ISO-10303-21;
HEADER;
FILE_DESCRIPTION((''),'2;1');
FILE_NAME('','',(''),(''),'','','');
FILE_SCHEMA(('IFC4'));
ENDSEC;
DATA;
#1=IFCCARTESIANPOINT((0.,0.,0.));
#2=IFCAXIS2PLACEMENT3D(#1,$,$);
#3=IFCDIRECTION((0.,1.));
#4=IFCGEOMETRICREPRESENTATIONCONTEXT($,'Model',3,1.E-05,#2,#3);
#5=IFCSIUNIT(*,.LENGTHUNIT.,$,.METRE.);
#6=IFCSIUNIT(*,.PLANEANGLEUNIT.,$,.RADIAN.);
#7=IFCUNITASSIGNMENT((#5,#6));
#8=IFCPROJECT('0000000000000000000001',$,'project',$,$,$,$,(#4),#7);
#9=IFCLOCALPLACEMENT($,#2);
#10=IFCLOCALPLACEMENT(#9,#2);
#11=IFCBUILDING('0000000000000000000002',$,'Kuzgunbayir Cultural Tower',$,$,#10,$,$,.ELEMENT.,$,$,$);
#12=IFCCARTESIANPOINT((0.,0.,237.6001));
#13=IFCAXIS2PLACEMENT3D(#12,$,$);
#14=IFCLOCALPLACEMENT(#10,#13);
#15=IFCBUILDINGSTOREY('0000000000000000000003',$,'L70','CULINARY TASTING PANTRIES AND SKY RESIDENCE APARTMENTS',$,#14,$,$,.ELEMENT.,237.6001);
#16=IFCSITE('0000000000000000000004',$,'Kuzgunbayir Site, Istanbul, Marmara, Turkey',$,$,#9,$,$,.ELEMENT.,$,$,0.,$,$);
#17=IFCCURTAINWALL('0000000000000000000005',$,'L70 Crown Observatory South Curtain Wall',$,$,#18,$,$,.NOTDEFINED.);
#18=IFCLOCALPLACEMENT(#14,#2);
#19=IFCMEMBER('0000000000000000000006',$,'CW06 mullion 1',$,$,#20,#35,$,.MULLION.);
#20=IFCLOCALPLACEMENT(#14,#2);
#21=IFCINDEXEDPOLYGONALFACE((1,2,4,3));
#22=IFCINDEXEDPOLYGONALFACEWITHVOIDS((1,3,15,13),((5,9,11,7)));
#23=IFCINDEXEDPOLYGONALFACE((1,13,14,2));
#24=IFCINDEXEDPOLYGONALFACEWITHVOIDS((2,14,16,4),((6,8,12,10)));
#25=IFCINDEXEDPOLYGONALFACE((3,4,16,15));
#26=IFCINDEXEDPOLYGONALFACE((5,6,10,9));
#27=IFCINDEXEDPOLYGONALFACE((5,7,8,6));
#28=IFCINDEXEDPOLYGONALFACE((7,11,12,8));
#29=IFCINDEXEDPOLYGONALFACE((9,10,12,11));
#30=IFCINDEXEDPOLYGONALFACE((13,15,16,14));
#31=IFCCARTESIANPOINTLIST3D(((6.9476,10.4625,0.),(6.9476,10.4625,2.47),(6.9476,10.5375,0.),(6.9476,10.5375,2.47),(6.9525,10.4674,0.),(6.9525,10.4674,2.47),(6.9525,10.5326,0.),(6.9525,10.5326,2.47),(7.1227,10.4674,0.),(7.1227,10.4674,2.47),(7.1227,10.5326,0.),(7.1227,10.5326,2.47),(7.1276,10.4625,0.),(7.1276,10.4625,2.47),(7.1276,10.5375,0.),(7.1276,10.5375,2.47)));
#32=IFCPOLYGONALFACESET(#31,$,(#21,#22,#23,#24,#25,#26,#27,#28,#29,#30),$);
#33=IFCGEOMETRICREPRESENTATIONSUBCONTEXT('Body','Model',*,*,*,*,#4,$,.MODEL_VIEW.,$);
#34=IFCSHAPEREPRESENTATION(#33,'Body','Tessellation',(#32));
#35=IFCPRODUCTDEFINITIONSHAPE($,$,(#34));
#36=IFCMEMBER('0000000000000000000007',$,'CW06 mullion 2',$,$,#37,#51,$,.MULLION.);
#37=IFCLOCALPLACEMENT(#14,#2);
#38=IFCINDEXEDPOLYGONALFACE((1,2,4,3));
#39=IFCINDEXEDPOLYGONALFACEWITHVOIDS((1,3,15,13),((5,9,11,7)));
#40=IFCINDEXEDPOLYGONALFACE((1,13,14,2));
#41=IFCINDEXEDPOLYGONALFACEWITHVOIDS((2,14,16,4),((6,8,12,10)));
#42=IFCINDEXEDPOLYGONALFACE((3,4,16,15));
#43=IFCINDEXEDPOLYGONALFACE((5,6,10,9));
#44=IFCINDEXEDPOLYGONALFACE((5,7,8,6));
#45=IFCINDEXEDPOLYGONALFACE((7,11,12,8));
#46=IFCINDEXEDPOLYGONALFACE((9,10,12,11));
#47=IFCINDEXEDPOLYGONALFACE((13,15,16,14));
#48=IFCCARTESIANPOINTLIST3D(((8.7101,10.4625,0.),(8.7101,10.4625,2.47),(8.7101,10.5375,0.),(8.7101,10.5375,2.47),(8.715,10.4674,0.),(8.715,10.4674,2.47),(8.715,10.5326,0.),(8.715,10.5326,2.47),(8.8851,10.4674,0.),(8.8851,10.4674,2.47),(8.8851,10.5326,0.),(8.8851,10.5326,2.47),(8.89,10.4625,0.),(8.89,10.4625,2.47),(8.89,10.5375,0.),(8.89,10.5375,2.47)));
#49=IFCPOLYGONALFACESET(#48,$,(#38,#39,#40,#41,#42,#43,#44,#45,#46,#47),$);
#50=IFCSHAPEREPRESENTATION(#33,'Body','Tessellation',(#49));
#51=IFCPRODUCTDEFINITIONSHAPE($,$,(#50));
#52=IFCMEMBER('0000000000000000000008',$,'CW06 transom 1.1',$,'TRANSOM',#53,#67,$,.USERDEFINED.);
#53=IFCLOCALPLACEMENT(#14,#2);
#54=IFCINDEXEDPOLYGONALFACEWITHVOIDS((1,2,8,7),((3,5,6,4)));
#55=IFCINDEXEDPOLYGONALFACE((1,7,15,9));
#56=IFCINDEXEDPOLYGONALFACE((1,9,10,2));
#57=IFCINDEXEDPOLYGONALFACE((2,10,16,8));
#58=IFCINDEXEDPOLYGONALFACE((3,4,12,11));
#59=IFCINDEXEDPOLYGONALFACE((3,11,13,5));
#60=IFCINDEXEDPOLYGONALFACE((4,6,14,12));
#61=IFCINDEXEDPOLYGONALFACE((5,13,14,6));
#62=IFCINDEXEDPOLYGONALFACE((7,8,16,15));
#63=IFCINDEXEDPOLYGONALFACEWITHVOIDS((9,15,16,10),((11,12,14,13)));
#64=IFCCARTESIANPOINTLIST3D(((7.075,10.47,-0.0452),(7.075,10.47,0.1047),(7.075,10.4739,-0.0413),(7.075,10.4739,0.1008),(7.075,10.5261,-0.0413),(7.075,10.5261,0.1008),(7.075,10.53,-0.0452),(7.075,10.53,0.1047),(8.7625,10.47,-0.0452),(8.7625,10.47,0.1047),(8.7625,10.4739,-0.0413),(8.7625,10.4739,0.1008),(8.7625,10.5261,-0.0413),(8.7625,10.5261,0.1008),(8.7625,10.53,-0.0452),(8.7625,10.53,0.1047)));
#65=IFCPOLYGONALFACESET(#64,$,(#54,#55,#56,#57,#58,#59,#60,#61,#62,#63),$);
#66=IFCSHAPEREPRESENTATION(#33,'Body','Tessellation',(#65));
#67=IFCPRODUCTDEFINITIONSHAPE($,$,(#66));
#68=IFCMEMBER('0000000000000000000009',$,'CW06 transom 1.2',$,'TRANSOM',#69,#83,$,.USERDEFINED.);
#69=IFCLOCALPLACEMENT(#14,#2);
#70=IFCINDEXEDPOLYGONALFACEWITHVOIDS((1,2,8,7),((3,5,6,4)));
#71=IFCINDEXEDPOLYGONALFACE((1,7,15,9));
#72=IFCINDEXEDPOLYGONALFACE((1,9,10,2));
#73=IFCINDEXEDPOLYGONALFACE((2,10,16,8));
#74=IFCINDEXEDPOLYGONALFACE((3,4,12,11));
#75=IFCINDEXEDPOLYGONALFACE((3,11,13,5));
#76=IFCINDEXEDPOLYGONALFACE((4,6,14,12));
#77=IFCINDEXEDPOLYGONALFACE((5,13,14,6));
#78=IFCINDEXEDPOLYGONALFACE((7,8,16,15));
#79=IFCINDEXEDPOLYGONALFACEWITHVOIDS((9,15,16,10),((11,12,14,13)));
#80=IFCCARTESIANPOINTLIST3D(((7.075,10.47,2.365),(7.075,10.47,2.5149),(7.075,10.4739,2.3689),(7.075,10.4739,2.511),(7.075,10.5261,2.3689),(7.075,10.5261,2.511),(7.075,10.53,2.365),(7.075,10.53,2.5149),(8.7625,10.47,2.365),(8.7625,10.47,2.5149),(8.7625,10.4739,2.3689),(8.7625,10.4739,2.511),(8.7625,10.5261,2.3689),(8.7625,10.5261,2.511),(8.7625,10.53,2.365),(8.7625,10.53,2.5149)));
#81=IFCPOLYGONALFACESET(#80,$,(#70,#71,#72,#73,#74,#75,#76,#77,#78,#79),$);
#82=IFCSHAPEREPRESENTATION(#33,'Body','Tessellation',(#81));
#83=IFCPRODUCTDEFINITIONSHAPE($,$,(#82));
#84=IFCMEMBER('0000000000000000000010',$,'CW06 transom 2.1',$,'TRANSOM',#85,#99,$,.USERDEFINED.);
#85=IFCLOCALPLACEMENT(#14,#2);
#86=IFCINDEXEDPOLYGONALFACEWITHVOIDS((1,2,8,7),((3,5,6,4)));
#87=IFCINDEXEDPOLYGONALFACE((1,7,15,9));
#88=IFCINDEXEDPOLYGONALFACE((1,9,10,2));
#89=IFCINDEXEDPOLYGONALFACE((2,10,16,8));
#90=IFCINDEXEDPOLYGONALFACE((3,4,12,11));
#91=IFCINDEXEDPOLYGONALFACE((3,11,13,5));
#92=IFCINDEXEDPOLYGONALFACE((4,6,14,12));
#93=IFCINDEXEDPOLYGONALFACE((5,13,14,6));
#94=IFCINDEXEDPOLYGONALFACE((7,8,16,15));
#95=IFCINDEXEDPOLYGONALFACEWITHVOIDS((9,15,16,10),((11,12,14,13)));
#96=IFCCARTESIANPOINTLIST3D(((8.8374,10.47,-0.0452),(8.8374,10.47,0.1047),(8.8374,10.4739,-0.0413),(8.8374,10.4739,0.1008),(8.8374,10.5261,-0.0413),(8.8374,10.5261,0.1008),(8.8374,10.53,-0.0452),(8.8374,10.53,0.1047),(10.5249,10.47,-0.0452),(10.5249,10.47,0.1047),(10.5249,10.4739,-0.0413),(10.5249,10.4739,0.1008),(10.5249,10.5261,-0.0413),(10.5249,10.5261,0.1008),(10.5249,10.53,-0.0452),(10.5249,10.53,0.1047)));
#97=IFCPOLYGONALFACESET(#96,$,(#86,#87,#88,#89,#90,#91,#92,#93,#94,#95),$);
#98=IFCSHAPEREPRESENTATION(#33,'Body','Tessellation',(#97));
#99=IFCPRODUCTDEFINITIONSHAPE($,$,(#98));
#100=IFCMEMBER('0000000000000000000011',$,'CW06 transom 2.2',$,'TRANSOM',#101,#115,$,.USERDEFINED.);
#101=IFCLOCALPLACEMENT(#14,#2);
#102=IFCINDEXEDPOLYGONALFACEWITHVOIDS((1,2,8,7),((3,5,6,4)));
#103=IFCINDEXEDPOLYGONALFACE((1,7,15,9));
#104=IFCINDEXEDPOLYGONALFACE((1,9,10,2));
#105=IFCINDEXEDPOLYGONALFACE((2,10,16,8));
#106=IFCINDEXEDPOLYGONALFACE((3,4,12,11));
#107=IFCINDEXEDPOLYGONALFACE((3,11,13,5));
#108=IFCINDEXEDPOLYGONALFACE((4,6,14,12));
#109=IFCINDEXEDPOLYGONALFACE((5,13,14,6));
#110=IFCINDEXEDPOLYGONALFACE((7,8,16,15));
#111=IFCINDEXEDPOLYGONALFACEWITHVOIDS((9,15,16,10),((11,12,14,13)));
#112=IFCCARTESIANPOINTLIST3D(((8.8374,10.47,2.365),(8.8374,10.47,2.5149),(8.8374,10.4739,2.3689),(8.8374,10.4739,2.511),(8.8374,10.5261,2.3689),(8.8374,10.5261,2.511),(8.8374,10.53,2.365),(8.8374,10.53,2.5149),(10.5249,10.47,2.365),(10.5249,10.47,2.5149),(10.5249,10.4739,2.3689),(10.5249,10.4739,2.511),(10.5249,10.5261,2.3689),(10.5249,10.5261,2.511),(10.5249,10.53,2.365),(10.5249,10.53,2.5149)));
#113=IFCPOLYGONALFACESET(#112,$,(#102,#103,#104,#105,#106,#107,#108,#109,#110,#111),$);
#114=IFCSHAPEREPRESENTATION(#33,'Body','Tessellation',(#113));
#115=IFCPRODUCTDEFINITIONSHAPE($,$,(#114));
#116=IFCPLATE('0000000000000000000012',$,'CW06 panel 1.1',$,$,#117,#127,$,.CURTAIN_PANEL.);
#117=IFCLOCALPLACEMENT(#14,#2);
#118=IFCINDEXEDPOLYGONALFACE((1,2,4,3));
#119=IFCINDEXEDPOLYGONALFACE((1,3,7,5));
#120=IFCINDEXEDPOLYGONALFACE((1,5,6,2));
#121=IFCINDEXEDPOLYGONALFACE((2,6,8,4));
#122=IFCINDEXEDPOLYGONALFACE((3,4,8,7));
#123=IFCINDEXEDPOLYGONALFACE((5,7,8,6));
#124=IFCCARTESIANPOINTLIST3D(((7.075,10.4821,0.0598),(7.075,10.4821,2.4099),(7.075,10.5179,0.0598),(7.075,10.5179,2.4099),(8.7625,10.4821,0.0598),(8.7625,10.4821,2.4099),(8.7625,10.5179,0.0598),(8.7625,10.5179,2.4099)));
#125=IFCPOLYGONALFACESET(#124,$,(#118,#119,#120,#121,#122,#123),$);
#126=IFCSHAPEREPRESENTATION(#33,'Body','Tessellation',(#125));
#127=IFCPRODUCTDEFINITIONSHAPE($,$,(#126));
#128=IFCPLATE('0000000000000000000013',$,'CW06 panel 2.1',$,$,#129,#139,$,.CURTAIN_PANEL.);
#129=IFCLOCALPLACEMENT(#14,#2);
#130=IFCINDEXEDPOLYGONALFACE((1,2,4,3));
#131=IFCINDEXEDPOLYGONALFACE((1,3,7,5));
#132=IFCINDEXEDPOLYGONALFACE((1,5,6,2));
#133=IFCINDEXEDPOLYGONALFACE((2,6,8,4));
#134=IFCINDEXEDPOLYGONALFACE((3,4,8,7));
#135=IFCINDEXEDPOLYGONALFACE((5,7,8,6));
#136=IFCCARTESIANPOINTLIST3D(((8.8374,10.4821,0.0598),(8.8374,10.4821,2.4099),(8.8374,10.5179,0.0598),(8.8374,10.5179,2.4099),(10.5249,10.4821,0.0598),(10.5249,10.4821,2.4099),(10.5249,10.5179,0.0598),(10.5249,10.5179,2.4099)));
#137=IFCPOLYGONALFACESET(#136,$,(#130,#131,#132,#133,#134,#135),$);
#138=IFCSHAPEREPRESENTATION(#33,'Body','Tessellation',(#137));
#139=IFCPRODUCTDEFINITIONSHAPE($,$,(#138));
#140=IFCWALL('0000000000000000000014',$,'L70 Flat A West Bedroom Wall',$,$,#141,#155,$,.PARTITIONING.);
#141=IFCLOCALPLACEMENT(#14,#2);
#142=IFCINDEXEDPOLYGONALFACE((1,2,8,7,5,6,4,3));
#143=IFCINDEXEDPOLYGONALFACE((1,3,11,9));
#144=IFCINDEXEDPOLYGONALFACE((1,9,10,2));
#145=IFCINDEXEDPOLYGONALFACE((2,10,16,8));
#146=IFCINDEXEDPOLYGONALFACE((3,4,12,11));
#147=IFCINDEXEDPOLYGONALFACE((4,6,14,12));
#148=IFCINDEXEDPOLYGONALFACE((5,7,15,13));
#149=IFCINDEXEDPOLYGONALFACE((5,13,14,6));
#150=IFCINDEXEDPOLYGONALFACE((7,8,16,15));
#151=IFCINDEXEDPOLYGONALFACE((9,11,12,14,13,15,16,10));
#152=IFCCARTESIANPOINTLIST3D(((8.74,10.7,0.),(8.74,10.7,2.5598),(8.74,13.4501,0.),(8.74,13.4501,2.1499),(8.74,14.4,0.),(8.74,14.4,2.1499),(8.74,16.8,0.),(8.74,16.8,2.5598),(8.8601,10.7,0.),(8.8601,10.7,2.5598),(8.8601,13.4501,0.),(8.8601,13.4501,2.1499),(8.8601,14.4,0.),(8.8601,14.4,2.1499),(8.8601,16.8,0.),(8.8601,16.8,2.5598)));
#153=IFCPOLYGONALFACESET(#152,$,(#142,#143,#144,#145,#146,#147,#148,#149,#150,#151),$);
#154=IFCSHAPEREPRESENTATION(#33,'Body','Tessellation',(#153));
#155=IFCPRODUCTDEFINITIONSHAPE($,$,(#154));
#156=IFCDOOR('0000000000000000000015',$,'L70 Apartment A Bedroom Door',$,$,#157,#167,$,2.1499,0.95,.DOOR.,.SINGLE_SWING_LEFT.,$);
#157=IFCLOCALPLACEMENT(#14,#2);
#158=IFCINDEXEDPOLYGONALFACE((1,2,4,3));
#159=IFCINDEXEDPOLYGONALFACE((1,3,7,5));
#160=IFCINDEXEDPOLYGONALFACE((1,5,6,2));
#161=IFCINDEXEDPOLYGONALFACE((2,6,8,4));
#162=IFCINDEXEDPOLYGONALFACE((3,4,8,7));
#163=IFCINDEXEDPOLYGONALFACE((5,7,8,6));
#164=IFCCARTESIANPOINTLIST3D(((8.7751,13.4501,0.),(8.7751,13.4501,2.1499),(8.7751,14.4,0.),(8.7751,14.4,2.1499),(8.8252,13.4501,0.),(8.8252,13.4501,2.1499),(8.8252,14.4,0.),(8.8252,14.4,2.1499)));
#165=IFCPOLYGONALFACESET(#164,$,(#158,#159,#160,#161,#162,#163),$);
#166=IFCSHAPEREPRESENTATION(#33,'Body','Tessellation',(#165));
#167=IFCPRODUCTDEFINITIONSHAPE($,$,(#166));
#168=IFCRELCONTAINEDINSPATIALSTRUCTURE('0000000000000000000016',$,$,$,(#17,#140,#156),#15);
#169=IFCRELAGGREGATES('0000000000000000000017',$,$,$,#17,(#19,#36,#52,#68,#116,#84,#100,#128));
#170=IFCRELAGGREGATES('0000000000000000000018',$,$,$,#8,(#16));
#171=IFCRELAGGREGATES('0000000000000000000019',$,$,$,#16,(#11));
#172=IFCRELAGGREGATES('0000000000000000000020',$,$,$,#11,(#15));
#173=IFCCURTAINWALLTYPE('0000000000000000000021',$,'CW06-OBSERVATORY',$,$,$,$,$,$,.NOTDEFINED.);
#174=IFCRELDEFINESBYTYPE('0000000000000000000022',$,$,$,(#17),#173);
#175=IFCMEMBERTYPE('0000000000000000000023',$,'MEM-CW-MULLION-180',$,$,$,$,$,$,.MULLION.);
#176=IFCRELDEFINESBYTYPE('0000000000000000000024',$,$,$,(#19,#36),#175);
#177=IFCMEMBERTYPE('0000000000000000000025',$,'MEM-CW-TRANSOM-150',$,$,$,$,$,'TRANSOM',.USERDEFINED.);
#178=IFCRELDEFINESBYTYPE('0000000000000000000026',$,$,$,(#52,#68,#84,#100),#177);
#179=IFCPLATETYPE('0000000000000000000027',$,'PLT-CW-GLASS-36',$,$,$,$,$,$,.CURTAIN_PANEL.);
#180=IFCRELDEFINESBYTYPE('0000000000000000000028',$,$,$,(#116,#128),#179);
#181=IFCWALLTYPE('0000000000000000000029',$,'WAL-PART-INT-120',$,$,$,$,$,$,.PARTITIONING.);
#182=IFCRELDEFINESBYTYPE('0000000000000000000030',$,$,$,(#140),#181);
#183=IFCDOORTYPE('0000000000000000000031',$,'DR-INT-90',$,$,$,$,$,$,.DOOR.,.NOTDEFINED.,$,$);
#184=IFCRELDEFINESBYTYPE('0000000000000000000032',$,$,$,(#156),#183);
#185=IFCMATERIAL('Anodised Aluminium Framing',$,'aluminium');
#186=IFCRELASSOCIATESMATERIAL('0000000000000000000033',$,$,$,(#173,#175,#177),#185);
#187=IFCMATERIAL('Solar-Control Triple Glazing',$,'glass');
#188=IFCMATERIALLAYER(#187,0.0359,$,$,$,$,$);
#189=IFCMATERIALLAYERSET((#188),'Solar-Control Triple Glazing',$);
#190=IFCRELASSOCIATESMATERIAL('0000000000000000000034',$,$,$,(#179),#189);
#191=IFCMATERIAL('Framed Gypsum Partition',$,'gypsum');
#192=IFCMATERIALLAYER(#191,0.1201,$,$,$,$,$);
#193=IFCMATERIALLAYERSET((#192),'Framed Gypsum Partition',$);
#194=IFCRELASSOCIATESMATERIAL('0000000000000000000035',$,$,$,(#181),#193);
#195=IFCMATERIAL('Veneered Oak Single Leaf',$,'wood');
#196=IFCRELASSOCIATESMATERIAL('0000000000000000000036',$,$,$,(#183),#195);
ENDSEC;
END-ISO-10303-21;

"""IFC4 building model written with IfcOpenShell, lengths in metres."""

from ifc_helpers import new_model, si_unit, direction, frame, frame_2d, origin, origin_2d, place, context, subcontext, project, spatial, rectangle, hollow_rectangle, extrude, material, layer, layer_set, material_profile, profile_set, type_object, element, fill, aggregate, save


model = new_model("IFC4")

# Units and contexts
model_context = context("Model", 3, precision=1e-05, world=origin(), true_north=direction((0.0, 1.0)))
body_context = subcontext(model_context, "Body", "Model", "MODEL_VIEW")
ifc_project = project(units=[si_unit("LENGTHUNIT", "METRE"), si_unit("PLANEANGLEUNIT", "RADIAN")], contexts=[model_context])

# Site, building, storey
site_placement = place(None, origin())
site = spatial("IfcSite", under=ifc_project, at=site_placement, Name="Kuzgunbayir Site, Istanbul, Marmara, Turkey", CompositionType="ELEMENT", RefElevation=0.0)
building_placement = place(site_placement, origin())
building = spatial("IfcBuilding", under=site, at=building_placement, Name="Kuzgunbayir Cultural Tower", CompositionType="ELEMENT")
storey_placement = place(building_placement, frame((0.0, 0.0, 237.6001)))
storey = spatial("IfcBuildingStorey", under=building, at=storey_placement, Name="L70", Description="CULINARY TASTING PANTRIES AND SKY RESIDENCE APARTMENTS", CompositionType="ELEMENT", Elevation=237.6001)

# Curtain wall, members, plates
ifc_material_1 = material(Name="Anodised Aluminium Framing", Category="aluminium")
curtain_wall_type = type_object("IfcCurtainWallType", Name="CW06-OBSERVATORY", PredefinedType="NOTDEFINED", material=ifc_material_1)
curtain_wall_placement = place(storey_placement, origin())
curtain_wall = element("IfcCurtainWall", 1, at=curtain_wall_placement, inside=storey, type_object=curtain_wall_type, Name="L70 Crown Observatory South Curtain Wall", PredefinedType="NOTDEFINED")
ifc_material_profile_1 = material_profile(ifc_material_1, hollow_rectangle(XDim=0.075, YDim=0.1799, WallThickness=0.0049, at=origin_2d()), Name="RHS 180x75x5")
ifc_profile_set_1 = profile_set([ifc_material_profile_1], Name="Anodised Aluminium Framing")
member_type_1 = type_object("IfcMemberType", Name="MEM-CW-MULLION-180", PredefinedType="MULLION", material=ifc_profile_set_1)
member_1_placement = place(storey_placement, frame((7.0376, 10.5, 0.0), z_axis=(0.0, 0.0, 1.0), x_axis=(0.0, 1.0, 0.0)))
member_1 = element("IfcMember", 2, at=member_1_placement, type_object=member_type_1, Name="CW06 mullion 1", PredefinedType="MULLION", context=body_context, shape_type="SweptSolid", body=[
    extrude(hollow_rectangle(XDim=0.075, YDim=0.1799, WallThickness=0.0049, at=origin_2d()), origin(), (0.0, 0.0, 1.0), 2.47),
])
member_2_placement = place(storey_placement, frame((8.8, 10.5, 0.0), z_axis=(0.0, 0.0, 1.0), x_axis=(0.0, 1.0, 0.0)))
member_2 = element("IfcMember", 3, at=member_2_placement, type_object=member_type_1, Name="CW06 mullion 2", PredefinedType="MULLION", context=body_context, shape_type="SweptSolid", body=[
    extrude(hollow_rectangle(XDim=0.075, YDim=0.1799, WallThickness=0.0049, at=origin_2d()), origin(), (0.0, 0.0, 1.0), 2.47),
])
ifc_material_profile_2 = material_profile(ifc_material_1, hollow_rectangle(XDim=0.0601, YDim=0.1499, WallThickness=0.0039, at=origin_2d()), Name="RHS 150x60x4")
ifc_profile_set_2 = profile_set([ifc_material_profile_2], Name="Anodised Aluminium Framing")
member_type_2 = type_object("IfcMemberType", Name="MEM-CW-TRANSOM-150", ElementType="TRANSOM", PredefinedType="USERDEFINED", material=ifc_profile_set_2)
member_3_placement = place(storey_placement, frame((7.075, 10.5, 0.0298), z_axis=(1.0, 0.0, 0.0), x_axis=(0.0, 1.0, 0.0)))
member_3 = element("IfcMember", 4, at=member_3_placement, type_object=member_type_2, Name="CW06 transom 1.1", ObjectType="TRANSOM", PredefinedType="USERDEFINED", context=body_context, shape_type="SweptSolid", body=[
    extrude(hollow_rectangle(XDim=0.0601, YDim=0.1499, WallThickness=0.0039, at=origin_2d()), origin(), (0.0, 0.0, 1.0), 1.6875),
])
member_4_placement = place(storey_placement, frame((7.075, 10.5, 2.4399), z_axis=(1.0, 0.0, 0.0), x_axis=(0.0, 1.0, 0.0)))
member_4 = element("IfcMember", 5, at=member_4_placement, type_object=member_type_2, Name="CW06 transom 1.2", ObjectType="TRANSOM", PredefinedType="USERDEFINED", context=body_context, shape_type="SweptSolid", body=[
    extrude(hollow_rectangle(XDim=0.0601, YDim=0.1499, WallThickness=0.0039, at=origin_2d()), origin(), (0.0, 0.0, 1.0), 1.6875),
])
member_5_placement = place(storey_placement, frame((8.8374, 10.5, 0.0298), z_axis=(1.0, 0.0, 0.0), x_axis=(0.0, 1.0, 0.0)))
member_5 = element("IfcMember", 6, at=member_5_placement, type_object=member_type_2, Name="CW06 transom 2.1", ObjectType="TRANSOM", PredefinedType="USERDEFINED", context=body_context, shape_type="SweptSolid", body=[
    extrude(hollow_rectangle(XDim=0.0601, YDim=0.1499, WallThickness=0.0039, at=origin_2d()), origin(), (0.0, 0.0, 1.0), 1.6875),
])
member_6_placement = place(storey_placement, frame((8.8374, 10.5, 2.4399), z_axis=(1.0, 0.0, 0.0), x_axis=(0.0, 1.0, 0.0)))
member_6 = element("IfcMember", 7, at=member_6_placement, type_object=member_type_2, Name="CW06 transom 2.2", ObjectType="TRANSOM", PredefinedType="USERDEFINED", context=body_context, shape_type="SweptSolid", body=[
    extrude(hollow_rectangle(XDim=0.0601, YDim=0.1499, WallThickness=0.0039, at=origin_2d()), origin(), (0.0, 0.0, 1.0), 1.6875),
])
ifc_material_2 = material(Name="Solar-Control Triple Glazing", Category="glass")
ifc_layer_1 = layer(ifc_material_2, 0.0359)
ifc_layer_set_1 = layer_set([ifc_layer_1], Name="Solar-Control Triple Glazing")
plate_type = type_object("IfcPlateType", Name="PLT-CW-GLASS-36", PredefinedType="CURTAIN_PANEL", material=ifc_layer_set_1)
plate_1_placement = place(storey_placement, frame((7.9187, 10.5, 0.0598), z_axis=(0.0, 0.0, 1.0), x_axis=(1.0, 0.0, 0.0)))
plate_1 = element("IfcPlate", 8, at=plate_1_placement, type_object=plate_type, Name="CW06 panel 1.1", PredefinedType="CURTAIN_PANEL", context=body_context, shape_type="SweptSolid", body=[
    extrude(rectangle(XDim=1.6875, YDim=0.0359, at=origin_2d()), origin(), (0.0, 0.0, 1.0), 2.3501),
])
plate_2_placement = place(storey_placement, frame((9.6812, 10.5, 0.0598), z_axis=(0.0, 0.0, 1.0), x_axis=(1.0, 0.0, 0.0)))
plate_2 = element("IfcPlate", 9, at=plate_2_placement, type_object=plate_type, Name="CW06 panel 2.1", PredefinedType="CURTAIN_PANEL", context=body_context, shape_type="SweptSolid", body=[
    extrude(rectangle(XDim=1.6875, YDim=0.0359, at=origin_2d()), origin(), (0.0, 0.0, 1.0), 2.3501),
])
aggregate(curtain_wall, [member_1, member_2, member_3, member_4, plate_1, member_5, member_6, plate_2])

# Wall, opening, door
ifc_material_3 = material(Name="Framed Gypsum Partition", Category="gypsum")
ifc_layer_2 = layer(ifc_material_3, 0.1201)
ifc_layer_set_2 = layer_set([ifc_layer_2], Name="Framed Gypsum Partition")
wall_type = type_object("IfcWallType", Name="WAL-PART-INT-120", PredefinedType="PARTITIONING", material=ifc_layer_set_2)
wall_placement = place(storey_placement, frame((8.8, 10.7, 0.0), z_axis=(0.0, 0.0, 1.0), x_axis=(0.0, 1.0, 0.0)))
wall = element("IfcWall", 10, at=wall_placement, inside=storey, type_object=wall_type, Name="L70 Flat A West Bedroom Wall", PredefinedType="PARTITIONING", context=body_context, shape_type="SweptSolid", body=[
    extrude(rectangle(XDim=6.1001, YDim=0.1201, at=frame_2d((3.05, 0.0))), origin(), (0.0, 0.0, 1.0), 2.5598),
])
opening_placement = place(wall_placement, frame((2.75, 0.0, 0.0)))
opening = element("IfcOpeningElement", 11, at=opening_placement, cuts=wall, PredefinedType="OPENING", context=body_context, shape_type="SweptSolid", body=[
    extrude(rectangle(XDim=0.95, YDim=2.1499, at=frame_2d((0.4751, 1.075))), frame((0.0, 0.0701, 0.0), z_axis=(0.0, -1.0, 0.0), x_axis=(1.0, 0.0, 0.0)), (0.0, 0.0, 1.0), 0.1401),
])
ifc_material_4 = material(Name="Veneered Oak Single Leaf", Category="wood")
door_type = type_object("IfcDoorType", Name="DR-INT-90", OperationType="NOTDEFINED", PredefinedType="DOOR", material=ifc_material_4)
door_placement = place(opening_placement, origin())
door = element("IfcDoor", 12, at=door_placement, inside=storey, type_object=door_type, Name="L70 Apartment A Bedroom Door", OperationType="SINGLE_SWING_LEFT", OverallHeight=2.1499, OverallWidth=0.95, PredefinedType="DOOR", context=body_context, shape_type="SweptSolid", body=[
    extrude(rectangle(XDim=0.95, YDim=2.1499, at=frame_2d((0.4751, 1.075))), frame((0.0, 0.0249, 0.0), z_axis=(0.0, -1.0, 0.0), x_axis=(1.0, 0.0, 0.0)), (0.0, 0.0, 1.0), 0.05),
])
fill(opening, door)

save(model, "model.ifc")
